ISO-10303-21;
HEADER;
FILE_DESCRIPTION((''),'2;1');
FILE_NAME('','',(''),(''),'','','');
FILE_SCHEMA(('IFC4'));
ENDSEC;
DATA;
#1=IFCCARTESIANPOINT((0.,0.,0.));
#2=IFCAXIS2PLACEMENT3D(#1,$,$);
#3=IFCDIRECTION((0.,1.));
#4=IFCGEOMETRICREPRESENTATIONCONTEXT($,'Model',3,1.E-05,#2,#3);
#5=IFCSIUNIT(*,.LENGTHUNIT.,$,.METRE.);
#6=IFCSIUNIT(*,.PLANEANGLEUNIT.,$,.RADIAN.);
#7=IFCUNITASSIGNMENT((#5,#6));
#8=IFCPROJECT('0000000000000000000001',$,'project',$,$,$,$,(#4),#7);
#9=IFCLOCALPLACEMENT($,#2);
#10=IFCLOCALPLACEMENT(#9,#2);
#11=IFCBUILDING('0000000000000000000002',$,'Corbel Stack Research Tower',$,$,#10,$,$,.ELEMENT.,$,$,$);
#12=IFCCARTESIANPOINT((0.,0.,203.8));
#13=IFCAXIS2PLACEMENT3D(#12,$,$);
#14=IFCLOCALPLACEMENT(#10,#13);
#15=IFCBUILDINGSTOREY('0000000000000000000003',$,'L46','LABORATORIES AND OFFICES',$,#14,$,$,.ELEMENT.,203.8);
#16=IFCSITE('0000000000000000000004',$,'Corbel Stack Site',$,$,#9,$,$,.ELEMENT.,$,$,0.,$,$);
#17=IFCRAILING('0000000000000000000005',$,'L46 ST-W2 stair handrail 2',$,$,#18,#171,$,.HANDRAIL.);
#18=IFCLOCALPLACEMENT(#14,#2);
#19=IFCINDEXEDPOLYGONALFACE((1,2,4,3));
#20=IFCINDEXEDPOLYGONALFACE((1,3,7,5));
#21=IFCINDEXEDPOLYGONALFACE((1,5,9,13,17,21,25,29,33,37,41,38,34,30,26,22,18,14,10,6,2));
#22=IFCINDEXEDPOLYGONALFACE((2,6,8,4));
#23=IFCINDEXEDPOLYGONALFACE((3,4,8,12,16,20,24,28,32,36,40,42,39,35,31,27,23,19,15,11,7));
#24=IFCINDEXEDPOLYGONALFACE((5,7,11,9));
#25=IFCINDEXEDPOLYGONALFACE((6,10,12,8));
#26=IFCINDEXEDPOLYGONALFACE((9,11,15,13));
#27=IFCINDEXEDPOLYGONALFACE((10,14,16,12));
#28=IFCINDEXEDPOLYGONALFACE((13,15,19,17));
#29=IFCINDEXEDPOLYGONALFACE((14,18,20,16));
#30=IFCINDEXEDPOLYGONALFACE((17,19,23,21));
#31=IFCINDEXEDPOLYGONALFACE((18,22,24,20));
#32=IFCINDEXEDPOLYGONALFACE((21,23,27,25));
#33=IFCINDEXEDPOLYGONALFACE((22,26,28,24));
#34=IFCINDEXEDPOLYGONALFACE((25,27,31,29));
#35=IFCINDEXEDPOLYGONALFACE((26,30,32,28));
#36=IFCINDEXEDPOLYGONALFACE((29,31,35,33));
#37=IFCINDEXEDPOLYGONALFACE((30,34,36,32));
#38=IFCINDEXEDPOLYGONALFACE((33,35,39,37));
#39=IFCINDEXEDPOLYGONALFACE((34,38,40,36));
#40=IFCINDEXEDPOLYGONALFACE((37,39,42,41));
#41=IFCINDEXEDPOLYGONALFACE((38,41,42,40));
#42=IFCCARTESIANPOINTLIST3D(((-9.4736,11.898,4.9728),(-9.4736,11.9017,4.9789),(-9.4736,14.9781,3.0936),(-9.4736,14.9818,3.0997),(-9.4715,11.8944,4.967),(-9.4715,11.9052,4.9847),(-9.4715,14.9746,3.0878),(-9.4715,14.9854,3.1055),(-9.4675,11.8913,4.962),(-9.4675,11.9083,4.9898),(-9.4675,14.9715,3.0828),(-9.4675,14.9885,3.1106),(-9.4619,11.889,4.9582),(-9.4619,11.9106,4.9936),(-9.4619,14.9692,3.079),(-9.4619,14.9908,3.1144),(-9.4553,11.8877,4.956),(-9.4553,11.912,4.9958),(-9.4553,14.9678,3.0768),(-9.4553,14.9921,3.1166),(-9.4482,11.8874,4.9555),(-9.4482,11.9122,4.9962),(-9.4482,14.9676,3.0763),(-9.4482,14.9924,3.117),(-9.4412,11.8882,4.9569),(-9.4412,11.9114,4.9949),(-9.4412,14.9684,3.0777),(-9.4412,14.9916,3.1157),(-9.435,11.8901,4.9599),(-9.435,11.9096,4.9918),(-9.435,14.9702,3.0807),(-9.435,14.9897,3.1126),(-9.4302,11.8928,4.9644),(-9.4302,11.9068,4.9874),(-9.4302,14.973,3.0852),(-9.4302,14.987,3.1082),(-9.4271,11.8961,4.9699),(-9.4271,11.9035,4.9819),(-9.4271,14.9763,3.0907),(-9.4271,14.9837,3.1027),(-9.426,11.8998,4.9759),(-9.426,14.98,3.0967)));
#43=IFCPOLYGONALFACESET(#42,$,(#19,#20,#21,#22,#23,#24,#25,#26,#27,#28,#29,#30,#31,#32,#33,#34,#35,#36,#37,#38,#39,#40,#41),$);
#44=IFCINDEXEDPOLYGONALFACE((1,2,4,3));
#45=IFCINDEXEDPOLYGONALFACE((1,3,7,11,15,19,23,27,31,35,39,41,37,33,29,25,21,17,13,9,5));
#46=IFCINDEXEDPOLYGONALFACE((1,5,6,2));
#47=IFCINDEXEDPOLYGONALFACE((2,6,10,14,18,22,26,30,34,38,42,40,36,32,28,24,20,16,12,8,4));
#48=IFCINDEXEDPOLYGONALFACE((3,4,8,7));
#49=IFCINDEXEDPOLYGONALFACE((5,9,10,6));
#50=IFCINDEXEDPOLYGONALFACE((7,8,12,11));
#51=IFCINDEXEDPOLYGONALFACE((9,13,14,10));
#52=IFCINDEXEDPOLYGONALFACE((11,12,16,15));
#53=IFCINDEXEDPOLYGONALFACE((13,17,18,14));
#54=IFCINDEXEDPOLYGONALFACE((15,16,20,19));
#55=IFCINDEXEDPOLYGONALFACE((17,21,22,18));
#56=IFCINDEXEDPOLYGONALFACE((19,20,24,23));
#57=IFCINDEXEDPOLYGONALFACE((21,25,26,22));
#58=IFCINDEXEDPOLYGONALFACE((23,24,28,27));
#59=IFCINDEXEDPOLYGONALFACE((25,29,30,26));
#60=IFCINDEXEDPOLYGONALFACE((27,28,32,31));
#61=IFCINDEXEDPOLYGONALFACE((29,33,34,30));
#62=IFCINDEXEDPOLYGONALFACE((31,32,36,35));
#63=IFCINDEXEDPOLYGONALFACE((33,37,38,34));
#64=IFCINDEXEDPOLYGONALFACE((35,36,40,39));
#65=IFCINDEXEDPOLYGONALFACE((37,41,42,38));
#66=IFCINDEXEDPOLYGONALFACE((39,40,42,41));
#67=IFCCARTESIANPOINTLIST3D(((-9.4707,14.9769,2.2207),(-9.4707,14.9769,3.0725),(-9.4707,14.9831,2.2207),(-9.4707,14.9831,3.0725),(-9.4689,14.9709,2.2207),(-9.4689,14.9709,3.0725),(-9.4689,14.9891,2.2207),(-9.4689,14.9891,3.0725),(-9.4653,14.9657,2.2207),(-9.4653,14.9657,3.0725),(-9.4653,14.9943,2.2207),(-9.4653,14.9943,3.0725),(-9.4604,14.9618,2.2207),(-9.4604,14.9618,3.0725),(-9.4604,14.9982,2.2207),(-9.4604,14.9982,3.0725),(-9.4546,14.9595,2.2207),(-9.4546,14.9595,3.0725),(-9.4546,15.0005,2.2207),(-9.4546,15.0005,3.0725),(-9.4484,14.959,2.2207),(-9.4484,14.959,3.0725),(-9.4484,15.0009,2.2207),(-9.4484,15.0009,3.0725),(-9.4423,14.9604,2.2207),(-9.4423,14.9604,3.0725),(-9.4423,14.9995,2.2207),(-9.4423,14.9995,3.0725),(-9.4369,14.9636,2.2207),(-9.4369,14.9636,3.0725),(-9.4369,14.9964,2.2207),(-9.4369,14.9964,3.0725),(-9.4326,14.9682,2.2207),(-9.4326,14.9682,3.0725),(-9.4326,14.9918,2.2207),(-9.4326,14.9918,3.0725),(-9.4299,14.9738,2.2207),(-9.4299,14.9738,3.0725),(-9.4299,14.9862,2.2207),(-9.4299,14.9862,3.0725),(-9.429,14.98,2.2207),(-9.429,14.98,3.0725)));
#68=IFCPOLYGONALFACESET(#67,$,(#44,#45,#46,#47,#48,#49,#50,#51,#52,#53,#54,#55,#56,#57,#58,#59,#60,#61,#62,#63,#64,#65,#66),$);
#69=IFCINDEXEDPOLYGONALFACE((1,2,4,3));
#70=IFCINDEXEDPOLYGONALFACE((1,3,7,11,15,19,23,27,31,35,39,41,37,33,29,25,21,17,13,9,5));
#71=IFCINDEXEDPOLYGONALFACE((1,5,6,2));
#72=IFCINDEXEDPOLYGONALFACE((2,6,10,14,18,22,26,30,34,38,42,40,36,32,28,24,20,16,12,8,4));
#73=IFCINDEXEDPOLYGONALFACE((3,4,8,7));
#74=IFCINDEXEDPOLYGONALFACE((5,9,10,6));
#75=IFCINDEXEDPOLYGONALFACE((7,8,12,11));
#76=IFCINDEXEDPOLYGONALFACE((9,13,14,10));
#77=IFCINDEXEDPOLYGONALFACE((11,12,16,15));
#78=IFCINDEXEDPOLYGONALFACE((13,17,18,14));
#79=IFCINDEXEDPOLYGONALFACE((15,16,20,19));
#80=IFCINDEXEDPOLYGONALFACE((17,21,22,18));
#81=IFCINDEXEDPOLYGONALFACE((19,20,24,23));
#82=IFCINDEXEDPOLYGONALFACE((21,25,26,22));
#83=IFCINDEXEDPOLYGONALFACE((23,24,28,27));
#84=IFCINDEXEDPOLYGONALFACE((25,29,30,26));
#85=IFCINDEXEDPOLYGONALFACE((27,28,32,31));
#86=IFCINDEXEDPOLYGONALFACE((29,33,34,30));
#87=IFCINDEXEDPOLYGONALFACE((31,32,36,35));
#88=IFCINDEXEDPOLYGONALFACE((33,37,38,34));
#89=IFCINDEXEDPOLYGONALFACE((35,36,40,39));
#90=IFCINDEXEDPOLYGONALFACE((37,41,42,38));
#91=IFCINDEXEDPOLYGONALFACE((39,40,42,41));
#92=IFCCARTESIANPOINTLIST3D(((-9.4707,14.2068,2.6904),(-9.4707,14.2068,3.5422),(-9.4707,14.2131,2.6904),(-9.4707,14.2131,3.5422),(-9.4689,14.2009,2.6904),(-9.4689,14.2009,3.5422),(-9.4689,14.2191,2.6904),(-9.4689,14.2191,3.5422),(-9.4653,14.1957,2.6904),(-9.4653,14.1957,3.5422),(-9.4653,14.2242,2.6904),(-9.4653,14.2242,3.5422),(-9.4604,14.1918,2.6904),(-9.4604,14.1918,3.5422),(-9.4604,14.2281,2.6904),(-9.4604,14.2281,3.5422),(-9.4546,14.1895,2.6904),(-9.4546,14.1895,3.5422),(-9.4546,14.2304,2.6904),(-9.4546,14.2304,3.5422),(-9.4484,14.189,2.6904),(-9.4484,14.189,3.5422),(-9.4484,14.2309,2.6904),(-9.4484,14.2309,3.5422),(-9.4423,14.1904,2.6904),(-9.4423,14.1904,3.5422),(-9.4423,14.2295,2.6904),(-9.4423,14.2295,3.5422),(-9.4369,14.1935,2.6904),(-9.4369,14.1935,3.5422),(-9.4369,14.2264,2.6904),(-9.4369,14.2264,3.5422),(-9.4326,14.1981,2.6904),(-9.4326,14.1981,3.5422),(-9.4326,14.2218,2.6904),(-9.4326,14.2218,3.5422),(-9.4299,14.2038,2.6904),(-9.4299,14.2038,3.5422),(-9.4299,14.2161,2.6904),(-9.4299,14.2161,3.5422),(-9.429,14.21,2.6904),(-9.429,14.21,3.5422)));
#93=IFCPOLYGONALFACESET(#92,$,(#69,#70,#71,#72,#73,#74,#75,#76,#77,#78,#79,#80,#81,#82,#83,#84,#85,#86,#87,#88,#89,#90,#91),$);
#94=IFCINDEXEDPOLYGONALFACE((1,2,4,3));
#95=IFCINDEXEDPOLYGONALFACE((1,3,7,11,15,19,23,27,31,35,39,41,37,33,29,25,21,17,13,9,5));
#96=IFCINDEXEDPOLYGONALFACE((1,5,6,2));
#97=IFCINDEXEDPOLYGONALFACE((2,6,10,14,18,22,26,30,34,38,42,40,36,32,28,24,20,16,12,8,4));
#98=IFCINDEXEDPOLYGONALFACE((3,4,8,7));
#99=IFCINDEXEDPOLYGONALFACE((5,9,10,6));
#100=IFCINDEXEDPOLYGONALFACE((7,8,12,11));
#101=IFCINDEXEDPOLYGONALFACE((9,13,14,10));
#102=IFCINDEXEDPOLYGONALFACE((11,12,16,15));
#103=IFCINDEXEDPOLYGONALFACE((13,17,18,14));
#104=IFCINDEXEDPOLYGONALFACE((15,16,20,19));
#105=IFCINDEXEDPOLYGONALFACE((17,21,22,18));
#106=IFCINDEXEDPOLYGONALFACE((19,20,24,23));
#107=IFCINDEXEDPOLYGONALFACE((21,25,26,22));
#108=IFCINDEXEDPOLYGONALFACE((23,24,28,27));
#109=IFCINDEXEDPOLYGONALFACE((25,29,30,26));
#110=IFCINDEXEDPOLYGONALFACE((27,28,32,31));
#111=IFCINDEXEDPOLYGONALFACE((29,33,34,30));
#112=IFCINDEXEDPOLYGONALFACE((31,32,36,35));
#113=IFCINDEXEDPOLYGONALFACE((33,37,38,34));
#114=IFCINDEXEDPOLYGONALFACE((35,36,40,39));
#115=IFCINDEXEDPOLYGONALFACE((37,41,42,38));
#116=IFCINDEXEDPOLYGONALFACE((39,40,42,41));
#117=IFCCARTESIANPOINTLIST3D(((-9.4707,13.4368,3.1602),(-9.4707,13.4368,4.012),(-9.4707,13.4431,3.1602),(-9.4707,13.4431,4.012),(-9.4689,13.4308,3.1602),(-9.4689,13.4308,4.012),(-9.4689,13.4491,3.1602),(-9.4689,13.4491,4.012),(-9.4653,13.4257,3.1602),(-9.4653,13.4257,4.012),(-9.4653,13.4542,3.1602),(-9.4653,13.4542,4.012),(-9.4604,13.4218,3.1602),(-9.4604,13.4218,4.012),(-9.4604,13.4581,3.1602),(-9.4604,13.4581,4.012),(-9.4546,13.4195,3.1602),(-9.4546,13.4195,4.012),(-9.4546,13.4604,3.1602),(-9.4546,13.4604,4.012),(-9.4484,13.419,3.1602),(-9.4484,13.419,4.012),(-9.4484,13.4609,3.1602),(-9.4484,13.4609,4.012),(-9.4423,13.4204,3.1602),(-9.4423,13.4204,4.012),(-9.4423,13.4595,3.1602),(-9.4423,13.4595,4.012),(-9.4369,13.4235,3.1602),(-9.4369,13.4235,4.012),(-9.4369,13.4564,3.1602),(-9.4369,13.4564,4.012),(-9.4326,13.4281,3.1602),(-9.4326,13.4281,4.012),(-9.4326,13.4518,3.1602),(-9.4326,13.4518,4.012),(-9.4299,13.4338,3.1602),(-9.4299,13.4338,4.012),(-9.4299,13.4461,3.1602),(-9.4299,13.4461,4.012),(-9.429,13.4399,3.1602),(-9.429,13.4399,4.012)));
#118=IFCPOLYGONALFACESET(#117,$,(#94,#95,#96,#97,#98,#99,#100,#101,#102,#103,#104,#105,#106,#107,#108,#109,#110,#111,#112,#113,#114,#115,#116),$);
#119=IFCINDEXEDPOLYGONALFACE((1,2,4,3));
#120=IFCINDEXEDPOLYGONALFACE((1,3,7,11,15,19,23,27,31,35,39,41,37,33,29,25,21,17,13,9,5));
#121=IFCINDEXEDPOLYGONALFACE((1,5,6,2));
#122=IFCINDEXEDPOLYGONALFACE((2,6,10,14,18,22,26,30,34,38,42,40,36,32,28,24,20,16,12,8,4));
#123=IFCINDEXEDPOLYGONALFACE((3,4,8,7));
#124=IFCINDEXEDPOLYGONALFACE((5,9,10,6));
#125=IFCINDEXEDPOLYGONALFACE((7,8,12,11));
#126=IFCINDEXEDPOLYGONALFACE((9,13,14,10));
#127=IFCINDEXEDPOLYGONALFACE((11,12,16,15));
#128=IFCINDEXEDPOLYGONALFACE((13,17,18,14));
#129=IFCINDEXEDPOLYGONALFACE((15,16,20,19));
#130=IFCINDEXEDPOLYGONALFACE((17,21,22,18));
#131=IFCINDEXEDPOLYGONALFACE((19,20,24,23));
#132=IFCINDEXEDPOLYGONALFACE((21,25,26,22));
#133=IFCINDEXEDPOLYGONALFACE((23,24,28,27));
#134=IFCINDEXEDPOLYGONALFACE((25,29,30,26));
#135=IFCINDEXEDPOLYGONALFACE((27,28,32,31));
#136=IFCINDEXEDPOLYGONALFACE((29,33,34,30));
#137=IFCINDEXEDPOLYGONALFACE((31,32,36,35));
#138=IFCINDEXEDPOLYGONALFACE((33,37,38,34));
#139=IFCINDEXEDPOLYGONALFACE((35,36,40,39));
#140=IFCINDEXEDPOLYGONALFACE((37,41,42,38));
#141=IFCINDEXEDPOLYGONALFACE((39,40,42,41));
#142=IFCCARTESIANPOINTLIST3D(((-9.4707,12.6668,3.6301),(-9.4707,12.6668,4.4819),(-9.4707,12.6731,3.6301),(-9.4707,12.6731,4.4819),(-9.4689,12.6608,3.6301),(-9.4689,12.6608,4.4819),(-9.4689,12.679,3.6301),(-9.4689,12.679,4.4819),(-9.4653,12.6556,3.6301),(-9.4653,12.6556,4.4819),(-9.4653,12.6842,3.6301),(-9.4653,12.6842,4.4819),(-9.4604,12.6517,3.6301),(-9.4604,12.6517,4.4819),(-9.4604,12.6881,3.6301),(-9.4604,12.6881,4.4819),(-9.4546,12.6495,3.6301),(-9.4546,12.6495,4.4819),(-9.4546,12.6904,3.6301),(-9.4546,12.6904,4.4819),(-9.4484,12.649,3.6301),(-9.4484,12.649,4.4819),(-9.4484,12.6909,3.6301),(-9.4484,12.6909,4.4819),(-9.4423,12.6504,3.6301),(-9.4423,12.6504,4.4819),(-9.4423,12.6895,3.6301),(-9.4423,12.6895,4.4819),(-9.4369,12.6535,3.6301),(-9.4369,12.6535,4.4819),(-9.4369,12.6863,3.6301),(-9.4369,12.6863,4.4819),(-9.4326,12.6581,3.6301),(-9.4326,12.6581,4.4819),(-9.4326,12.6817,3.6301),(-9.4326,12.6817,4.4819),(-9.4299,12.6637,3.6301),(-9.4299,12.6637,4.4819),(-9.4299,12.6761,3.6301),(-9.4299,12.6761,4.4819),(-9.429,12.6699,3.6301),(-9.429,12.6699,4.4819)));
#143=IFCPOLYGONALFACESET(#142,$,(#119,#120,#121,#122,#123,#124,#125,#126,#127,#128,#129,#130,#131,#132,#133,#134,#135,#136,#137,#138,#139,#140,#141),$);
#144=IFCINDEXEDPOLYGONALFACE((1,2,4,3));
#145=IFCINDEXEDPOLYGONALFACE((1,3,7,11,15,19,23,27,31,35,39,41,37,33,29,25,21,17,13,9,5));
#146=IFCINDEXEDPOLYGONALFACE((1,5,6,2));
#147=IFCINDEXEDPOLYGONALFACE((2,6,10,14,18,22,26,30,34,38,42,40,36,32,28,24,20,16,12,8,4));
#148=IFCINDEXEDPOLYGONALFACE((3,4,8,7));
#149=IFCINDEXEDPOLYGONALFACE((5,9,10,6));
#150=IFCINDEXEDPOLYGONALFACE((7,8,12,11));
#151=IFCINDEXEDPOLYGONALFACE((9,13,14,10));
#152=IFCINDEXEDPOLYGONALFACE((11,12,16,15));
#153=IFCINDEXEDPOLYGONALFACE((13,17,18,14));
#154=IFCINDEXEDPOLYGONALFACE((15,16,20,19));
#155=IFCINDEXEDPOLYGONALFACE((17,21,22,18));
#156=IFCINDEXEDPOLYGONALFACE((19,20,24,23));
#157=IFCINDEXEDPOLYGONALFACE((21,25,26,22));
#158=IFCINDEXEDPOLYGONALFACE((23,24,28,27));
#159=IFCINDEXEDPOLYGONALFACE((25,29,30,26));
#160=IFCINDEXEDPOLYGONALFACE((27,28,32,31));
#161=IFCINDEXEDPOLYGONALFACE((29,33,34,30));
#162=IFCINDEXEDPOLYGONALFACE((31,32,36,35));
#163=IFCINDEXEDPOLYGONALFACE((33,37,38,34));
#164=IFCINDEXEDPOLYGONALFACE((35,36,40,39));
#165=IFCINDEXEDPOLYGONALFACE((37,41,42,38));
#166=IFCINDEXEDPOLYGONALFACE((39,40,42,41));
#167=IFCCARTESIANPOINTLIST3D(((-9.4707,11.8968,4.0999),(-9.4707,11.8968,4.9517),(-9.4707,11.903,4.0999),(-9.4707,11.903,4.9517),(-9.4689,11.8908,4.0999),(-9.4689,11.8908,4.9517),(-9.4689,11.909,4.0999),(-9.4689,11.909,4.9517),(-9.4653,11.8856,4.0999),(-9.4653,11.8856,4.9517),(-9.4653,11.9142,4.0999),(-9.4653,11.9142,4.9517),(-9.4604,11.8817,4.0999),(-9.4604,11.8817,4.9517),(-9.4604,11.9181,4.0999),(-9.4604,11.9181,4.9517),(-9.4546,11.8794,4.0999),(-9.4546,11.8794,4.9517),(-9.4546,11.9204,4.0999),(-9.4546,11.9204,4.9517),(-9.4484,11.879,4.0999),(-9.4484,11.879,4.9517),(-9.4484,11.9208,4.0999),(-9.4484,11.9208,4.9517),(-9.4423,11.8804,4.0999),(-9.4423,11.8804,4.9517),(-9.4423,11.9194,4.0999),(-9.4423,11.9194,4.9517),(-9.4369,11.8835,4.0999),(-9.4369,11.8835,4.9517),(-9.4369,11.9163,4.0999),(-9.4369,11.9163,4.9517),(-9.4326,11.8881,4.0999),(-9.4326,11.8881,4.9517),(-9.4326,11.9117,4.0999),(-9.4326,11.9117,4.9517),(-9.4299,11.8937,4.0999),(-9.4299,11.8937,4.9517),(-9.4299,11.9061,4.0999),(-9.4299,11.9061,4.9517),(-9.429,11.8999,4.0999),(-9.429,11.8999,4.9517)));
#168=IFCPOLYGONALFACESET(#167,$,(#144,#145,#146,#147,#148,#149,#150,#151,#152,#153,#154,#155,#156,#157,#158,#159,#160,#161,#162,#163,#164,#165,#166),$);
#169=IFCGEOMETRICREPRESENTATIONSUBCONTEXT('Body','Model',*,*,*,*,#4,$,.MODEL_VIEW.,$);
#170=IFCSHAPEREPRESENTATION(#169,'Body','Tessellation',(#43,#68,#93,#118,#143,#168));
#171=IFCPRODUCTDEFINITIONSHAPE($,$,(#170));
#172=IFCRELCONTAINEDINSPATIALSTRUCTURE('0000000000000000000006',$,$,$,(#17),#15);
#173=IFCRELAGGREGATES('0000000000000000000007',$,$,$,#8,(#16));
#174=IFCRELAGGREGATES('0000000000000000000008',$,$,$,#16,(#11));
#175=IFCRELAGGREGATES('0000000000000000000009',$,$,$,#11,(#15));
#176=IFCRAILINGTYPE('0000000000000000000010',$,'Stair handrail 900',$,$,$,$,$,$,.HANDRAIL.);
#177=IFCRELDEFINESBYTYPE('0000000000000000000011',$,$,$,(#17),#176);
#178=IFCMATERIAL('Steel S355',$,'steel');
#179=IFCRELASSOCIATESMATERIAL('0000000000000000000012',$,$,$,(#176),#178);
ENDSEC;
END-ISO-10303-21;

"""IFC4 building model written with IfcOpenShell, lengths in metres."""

from ifc_helpers import new_model, si_unit, direction, frame, origin, origin_2d, place, context, subcontext, project, spatial, circle, extrude, material, type_object, element, save


model = new_model("IFC4")

# Units and contexts
model_context = context("Model", 3, precision=1e-05, world=origin(), true_north=direction((0.0, 1.0)))
body_context = subcontext(model_context, "Body", "Model", "MODEL_VIEW")
ifc_project = project(units=[si_unit("LENGTHUNIT", "METRE"), si_unit("PLANEANGLEUNIT", "RADIAN")], contexts=[model_context])

# Site, building, storey
site_placement = place(None, origin())
site = spatial("IfcSite", under=ifc_project, at=site_placement, Name="Corbel Stack Site", CompositionType="ELEMENT", RefElevation=0.0)
building_placement = place(site_placement, origin())
building = spatial("IfcBuilding", under=site, at=building_placement, Name="Corbel Stack Research Tower", CompositionType="ELEMENT")
storey_placement = place(building_placement, frame((0.0, 0.0, 203.8)))
storey = spatial("IfcBuildingStorey", under=building, at=storey_placement, Name="L46", Description="LABORATORIES AND OFFICES", CompositionType="ELEMENT", Elevation=203.8)

# Railing
ifc_material_1 = material(Name="Steel S355", Category="steel")
railing_type_1 = type_object("IfcRailingType", Name="Stair handrail 900", PredefinedType="HANDRAIL", material=ifc_material_1)
railing_1_placement = place(storey_placement, frame((-9.45, 14.98, 2.2207)))
element("IfcRailing", 1, at=railing_1_placement, inside=storey, type_object=railing_type_1, Name="L46 ST-W2 stair handrail 2", PredefinedType="HANDRAIL", context=body_context, shape_type="SweptSolid", body=[
    extrude(circle(Radius=0.0239, at=origin_2d()), frame((0.0, 0.0, 0.876), z_axis=(0.0, -0.853666, 0.52082), x_axis=(1.0, 0.0, 0.0)), (0.0, 0.0, 1.0), 3.6082),
    extrude(circle(Radius=0.021, at=origin_2d()), origin(), (0.0, 0.0, 1.0), 0.8518),
    extrude(circle(Radius=0.021, at=origin_2d()), frame((0.0, -0.77, 0.4697)), (0.0, 0.0, 1.0), 0.8518),
    extrude(circle(Radius=0.021, at=origin_2d()), frame((0.0, -1.54, 0.9395)), (0.0, 0.0, 1.0), 0.8518),
    extrude(circle(Radius=0.021, at=origin_2d()), frame((0.0, -2.3101, 1.4094)), (0.0, 0.0, 1.0), 0.8518),
    extrude(circle(Radius=0.021, at=origin_2d()), frame((0.0, -3.0801, 1.8792)), (0.0, 0.0, 1.0), 0.8518),
])

save(model, "model.ifc")
